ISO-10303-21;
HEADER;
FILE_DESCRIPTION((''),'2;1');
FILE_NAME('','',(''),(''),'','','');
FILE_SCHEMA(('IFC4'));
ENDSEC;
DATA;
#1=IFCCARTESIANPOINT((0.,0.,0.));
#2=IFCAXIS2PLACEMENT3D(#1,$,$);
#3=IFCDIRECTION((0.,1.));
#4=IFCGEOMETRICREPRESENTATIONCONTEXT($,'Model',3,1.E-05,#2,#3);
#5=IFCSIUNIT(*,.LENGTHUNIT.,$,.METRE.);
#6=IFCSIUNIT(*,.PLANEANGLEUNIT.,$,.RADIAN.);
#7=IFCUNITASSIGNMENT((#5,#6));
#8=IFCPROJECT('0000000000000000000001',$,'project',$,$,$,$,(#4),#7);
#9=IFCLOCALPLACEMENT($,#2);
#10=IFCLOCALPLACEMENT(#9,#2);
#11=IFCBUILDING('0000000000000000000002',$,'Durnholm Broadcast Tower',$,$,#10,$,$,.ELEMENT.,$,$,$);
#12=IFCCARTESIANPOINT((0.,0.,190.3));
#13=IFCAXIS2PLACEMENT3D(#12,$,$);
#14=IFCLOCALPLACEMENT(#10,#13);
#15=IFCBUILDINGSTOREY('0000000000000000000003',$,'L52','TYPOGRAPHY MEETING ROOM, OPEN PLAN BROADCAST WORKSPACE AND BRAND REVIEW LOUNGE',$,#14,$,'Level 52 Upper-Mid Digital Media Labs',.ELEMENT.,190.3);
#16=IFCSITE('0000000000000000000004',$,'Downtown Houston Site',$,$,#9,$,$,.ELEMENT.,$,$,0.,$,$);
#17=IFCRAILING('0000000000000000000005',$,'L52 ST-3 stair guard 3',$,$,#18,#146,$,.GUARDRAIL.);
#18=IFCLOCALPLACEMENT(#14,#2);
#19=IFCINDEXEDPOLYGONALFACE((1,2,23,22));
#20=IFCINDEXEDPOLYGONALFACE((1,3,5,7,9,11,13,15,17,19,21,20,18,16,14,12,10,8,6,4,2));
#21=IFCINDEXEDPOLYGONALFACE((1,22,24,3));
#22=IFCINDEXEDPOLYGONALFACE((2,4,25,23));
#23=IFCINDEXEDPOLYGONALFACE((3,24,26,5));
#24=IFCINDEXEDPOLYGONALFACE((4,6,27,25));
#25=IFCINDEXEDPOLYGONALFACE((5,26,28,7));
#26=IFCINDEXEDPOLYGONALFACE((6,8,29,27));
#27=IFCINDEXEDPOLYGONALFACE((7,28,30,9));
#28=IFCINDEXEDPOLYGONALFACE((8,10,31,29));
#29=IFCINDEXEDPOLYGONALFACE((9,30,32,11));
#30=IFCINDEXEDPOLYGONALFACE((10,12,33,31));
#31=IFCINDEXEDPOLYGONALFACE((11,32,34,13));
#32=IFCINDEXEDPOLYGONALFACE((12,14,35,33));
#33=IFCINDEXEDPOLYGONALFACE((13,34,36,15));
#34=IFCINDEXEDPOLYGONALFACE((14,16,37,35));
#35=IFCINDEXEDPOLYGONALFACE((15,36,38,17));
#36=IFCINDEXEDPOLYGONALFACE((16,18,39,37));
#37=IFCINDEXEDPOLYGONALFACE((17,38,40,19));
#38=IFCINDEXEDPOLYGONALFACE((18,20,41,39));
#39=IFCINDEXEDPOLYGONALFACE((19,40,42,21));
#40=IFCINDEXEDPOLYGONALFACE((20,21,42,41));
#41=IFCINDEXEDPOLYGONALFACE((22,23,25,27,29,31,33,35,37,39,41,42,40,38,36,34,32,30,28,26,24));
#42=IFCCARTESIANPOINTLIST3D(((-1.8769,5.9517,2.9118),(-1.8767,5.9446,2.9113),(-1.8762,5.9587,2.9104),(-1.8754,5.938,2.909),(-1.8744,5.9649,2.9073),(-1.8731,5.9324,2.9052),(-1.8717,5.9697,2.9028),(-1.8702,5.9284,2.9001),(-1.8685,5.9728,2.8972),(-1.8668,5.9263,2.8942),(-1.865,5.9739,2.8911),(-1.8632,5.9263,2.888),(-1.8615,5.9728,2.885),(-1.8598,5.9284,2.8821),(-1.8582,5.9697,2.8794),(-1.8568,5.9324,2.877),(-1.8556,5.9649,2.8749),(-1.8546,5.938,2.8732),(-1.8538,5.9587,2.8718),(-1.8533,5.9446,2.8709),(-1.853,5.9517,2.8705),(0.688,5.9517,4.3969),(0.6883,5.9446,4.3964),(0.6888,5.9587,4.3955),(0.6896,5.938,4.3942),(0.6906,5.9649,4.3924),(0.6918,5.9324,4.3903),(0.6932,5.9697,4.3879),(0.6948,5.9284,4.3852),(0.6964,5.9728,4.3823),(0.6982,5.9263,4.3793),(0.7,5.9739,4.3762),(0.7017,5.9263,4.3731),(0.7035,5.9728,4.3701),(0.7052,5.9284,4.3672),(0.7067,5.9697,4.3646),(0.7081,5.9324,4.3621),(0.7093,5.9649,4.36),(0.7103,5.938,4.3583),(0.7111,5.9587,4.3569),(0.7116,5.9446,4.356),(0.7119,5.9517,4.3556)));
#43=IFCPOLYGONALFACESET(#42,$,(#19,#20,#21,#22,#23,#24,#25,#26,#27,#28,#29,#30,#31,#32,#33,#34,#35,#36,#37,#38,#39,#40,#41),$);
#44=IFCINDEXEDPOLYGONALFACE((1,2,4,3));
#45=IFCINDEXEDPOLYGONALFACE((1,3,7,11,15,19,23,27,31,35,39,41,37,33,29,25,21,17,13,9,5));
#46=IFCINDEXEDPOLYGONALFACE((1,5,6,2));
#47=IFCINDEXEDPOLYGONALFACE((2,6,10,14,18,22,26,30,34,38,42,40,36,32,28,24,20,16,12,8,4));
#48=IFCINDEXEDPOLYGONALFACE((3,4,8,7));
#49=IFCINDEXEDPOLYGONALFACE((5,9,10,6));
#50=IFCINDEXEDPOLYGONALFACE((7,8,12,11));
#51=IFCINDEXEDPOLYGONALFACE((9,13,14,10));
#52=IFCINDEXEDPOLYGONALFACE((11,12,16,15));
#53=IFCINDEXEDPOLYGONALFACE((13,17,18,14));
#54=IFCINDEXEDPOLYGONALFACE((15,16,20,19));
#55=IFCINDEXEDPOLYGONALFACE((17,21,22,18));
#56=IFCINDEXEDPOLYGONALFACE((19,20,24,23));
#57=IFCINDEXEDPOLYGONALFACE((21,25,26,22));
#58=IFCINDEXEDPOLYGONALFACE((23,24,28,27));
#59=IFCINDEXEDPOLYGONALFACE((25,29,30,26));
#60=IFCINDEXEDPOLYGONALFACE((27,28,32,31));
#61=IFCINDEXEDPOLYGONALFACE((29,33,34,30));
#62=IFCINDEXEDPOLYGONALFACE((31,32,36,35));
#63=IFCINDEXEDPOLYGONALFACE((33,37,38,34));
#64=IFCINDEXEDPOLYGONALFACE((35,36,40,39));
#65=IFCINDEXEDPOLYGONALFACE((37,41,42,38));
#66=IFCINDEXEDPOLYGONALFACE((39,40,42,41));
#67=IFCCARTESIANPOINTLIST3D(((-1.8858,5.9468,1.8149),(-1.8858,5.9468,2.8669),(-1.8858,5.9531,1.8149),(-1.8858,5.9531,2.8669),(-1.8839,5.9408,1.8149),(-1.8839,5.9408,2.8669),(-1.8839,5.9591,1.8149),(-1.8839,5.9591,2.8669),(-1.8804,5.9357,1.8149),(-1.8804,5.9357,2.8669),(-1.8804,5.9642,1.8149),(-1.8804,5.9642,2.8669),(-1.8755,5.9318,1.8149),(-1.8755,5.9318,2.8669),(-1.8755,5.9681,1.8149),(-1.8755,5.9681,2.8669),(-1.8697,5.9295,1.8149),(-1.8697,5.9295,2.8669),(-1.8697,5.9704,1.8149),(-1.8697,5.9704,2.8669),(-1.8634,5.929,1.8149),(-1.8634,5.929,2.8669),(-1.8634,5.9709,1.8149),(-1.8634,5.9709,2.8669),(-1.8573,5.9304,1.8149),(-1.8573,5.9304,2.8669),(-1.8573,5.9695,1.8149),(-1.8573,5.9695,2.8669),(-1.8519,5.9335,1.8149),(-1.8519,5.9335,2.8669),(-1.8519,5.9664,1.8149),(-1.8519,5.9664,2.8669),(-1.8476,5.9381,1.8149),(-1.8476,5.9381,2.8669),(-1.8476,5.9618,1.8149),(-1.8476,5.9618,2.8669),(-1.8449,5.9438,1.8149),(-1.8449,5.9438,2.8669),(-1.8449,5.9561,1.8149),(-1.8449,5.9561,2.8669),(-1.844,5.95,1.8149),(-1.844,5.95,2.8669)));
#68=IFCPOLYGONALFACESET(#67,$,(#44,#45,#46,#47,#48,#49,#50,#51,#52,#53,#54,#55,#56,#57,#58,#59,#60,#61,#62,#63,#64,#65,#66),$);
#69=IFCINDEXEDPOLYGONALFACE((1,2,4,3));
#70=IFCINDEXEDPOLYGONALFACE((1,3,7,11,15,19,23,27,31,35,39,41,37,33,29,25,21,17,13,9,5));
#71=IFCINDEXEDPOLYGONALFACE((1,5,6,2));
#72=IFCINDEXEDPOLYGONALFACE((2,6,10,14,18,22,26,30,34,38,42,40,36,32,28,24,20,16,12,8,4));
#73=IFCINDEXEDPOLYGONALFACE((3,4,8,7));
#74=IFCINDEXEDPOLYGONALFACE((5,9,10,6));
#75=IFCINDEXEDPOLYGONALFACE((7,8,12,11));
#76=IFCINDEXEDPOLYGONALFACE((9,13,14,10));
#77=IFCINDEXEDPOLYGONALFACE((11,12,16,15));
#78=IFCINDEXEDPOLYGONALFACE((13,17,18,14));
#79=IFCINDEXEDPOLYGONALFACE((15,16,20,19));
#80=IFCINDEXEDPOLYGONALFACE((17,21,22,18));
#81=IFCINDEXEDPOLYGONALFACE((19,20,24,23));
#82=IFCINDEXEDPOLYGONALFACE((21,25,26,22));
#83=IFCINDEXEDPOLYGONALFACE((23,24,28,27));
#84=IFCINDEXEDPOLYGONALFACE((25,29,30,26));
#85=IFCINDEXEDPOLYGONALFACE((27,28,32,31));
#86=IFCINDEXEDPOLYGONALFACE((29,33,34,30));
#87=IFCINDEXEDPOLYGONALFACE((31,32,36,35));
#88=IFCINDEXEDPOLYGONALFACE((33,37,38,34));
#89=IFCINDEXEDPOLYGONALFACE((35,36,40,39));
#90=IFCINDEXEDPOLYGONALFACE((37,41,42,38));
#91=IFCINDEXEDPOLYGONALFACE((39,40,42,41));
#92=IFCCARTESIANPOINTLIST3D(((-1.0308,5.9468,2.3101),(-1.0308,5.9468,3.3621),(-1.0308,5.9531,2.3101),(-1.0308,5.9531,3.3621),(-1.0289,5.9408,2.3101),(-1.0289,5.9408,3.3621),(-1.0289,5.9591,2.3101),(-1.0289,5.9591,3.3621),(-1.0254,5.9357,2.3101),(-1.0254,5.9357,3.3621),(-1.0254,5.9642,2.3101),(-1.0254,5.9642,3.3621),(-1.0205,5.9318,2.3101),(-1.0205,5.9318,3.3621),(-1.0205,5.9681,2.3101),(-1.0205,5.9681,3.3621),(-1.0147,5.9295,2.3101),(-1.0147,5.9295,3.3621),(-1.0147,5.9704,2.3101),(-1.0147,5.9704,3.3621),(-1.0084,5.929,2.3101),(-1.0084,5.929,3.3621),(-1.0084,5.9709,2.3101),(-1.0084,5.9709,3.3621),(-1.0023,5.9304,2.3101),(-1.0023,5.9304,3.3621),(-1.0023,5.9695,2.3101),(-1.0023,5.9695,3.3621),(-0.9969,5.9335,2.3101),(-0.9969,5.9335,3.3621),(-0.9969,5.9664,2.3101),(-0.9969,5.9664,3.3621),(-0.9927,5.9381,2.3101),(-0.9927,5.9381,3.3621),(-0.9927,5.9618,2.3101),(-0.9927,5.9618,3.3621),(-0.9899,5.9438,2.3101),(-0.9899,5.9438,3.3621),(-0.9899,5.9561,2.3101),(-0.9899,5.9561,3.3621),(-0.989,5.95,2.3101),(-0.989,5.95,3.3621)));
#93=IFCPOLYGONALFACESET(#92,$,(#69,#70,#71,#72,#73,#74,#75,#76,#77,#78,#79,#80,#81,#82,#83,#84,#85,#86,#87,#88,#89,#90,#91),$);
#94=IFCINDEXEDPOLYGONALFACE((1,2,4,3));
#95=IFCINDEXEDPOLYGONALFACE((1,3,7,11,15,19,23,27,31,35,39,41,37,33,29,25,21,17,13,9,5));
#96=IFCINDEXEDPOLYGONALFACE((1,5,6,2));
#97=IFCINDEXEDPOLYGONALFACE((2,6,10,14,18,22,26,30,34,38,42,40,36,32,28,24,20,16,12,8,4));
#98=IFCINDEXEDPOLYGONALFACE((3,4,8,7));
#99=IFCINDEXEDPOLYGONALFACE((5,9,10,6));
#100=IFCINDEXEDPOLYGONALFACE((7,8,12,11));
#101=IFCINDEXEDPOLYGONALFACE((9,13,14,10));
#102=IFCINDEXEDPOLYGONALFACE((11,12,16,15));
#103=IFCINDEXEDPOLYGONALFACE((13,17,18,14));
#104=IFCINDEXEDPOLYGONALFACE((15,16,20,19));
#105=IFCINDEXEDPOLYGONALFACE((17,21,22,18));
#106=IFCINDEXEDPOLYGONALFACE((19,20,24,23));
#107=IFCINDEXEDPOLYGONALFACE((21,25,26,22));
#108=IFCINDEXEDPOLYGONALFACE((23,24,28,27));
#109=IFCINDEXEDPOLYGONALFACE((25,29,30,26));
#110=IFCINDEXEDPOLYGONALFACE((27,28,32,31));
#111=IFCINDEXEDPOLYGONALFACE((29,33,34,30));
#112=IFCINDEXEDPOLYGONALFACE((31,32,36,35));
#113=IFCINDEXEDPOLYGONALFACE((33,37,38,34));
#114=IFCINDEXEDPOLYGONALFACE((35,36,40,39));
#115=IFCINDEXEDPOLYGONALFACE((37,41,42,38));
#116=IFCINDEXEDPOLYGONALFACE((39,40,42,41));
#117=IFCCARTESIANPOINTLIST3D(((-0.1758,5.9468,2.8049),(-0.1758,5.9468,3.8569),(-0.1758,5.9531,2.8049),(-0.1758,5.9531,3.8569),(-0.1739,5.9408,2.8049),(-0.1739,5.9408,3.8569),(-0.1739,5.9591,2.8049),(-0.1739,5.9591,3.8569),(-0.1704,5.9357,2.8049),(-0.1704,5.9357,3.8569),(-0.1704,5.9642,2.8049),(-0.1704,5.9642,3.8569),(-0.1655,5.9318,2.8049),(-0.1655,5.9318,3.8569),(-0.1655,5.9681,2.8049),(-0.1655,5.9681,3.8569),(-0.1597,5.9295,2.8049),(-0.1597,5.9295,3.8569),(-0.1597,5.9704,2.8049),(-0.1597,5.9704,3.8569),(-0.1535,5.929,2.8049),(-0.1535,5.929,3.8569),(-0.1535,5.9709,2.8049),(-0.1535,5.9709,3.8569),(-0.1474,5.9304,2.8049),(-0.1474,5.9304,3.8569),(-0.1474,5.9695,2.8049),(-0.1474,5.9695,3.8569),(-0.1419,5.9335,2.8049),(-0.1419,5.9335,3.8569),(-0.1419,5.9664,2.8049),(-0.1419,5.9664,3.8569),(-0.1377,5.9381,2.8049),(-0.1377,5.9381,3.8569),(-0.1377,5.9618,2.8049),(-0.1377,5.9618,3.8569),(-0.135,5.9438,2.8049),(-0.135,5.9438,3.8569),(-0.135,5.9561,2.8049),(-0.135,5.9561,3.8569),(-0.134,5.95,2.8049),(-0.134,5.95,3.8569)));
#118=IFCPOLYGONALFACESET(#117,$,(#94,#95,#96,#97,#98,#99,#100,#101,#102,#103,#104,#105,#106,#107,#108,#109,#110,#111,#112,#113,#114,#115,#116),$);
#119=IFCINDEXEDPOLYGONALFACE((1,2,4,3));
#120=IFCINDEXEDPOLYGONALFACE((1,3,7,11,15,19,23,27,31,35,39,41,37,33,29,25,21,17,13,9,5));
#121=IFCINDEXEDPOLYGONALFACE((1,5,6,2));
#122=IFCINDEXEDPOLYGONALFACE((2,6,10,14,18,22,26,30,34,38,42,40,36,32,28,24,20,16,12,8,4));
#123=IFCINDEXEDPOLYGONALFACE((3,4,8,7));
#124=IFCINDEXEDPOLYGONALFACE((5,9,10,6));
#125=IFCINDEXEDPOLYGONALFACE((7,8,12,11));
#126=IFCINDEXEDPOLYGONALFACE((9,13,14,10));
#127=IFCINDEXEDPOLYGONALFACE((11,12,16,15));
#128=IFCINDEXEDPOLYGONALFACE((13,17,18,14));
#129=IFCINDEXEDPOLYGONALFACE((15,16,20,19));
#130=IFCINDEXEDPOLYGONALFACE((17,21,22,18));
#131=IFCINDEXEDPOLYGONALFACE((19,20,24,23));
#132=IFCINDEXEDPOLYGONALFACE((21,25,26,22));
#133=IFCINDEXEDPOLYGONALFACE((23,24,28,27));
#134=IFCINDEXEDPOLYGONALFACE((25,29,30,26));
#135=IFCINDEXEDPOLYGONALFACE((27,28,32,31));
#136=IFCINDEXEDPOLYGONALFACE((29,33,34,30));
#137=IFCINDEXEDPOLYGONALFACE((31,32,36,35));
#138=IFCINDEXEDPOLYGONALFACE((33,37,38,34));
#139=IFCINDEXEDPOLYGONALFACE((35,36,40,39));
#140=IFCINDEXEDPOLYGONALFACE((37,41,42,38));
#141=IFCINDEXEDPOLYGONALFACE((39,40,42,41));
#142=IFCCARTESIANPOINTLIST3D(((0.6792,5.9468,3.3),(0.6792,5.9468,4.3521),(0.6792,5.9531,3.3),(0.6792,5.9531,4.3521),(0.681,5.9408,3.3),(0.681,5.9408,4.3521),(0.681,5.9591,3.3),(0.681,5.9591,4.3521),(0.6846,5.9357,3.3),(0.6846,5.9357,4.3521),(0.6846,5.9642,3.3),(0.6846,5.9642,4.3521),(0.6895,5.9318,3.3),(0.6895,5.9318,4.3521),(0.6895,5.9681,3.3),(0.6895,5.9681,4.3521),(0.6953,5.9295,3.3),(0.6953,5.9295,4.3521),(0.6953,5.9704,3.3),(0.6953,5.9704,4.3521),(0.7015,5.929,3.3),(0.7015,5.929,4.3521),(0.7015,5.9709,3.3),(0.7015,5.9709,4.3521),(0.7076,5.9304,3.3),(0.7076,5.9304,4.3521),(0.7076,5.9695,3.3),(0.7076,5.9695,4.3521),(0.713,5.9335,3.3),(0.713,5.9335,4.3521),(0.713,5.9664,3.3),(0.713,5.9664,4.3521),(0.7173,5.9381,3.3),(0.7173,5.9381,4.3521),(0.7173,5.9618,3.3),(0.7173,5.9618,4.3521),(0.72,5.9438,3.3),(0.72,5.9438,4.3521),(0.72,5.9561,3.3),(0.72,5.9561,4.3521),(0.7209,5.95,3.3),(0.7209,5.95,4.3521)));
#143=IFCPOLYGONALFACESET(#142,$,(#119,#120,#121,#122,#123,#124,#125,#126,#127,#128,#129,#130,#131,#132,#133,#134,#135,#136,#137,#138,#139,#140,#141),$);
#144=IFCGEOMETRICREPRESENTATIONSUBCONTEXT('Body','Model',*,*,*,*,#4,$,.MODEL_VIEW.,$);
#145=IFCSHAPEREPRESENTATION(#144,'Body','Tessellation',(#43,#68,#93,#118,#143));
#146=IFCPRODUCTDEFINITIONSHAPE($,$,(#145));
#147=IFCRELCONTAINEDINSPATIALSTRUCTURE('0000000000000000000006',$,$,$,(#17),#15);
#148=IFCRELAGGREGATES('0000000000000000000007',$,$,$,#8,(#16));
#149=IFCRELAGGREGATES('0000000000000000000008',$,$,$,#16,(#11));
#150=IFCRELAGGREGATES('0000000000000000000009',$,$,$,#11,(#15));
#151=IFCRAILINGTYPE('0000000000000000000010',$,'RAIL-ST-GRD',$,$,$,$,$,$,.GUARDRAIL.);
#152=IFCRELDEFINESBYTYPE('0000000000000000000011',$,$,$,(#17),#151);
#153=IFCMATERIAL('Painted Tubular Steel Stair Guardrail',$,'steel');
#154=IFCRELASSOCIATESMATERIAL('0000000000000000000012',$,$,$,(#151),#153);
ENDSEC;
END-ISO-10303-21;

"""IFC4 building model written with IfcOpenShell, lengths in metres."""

from ifc_helpers import new_model, si_unit, direction, frame, origin, origin_2d, place, context, subcontext, project, spatial, circle, extrude, material, type_object, element, save


model = new_model("IFC4")

# Units and contexts
model_context = context("Model", 3, precision=1e-05, world=origin(), true_north=direction((0.0, 1.0)))
body_context = subcontext(model_context, "Body", "Model", "MODEL_VIEW")
ifc_project = project(units=[si_unit("LENGTHUNIT", "METRE"), si_unit("PLANEANGLEUNIT", "RADIAN")], contexts=[model_context])

# Site, building, storey
site_placement = place(None, origin())
site = spatial("IfcSite", under=ifc_project, at=site_placement, Name="Downtown Houston Site", CompositionType="ELEMENT", RefElevation=0.0)
building_placement = place(site_placement, origin())
building = spatial("IfcBuilding", under=site, at=building_placement, Name="Durnholm Broadcast Tower", CompositionType="ELEMENT")
storey_placement = place(building_placement, frame((0.0, 0.0, 190.3)))
storey = spatial("IfcBuildingStorey", under=building, at=storey_placement, Name="L52", Description="TYPOGRAPHY MEETING ROOM, OPEN PLAN BROADCAST WORKSPACE AND BRAND REVIEW LOUNGE", LongName="Level 52 Upper-Mid Digital Media Labs", CompositionType="ELEMENT", Elevation=190.3)

# Railing
ifc_material_1 = material(Name="Painted Tubular Steel Stair Guardrail", Category="steel")
railing_type_1 = type_object("IfcRailingType", Name="RAIL-ST-GRD", PredefinedType="GUARDRAIL", material=ifc_material_1)
railing_1_placement = place(storey_placement, frame((-1.865, 5.95, 1.8149)))
element("IfcRailing", 1, at=railing_1_placement, inside=storey, type_object=railing_type_1, Name="L52 ST-3 stair guard 3", PredefinedType="GUARDRAIL", context=body_context, shape_type="SweptSolid", body=[
    extrude(circle(Radius=0.0239, at=origin_2d()), frame((0.0, 0.0, 1.0762), z_axis=(0.865406, 0.0, 0.501072), x_axis=(0.0, 1.0, 0.0)), (0.0, 0.0, 1.0), 2.9639),
    extrude(circle(Radius=0.021, at=origin_2d()), origin(), (0.0, 0.0, 1.0), 1.052),
    extrude(circle(Radius=0.021, at=origin_2d()), frame((0.855, 0.0, 0.4951)), (0.0, 0.0, 1.0), 1.052),
    extrude(circle(Radius=0.021, at=origin_2d()), frame((1.71, 0.0, 0.99)), (0.0, 0.0, 1.0), 1.052),
    extrude(circle(Radius=0.021, at=origin_2d()), frame((2.5649, 0.0, 1.4851)), (0.0, 0.0, 1.0), 1.052),
])

save(model, "model.ifc")
